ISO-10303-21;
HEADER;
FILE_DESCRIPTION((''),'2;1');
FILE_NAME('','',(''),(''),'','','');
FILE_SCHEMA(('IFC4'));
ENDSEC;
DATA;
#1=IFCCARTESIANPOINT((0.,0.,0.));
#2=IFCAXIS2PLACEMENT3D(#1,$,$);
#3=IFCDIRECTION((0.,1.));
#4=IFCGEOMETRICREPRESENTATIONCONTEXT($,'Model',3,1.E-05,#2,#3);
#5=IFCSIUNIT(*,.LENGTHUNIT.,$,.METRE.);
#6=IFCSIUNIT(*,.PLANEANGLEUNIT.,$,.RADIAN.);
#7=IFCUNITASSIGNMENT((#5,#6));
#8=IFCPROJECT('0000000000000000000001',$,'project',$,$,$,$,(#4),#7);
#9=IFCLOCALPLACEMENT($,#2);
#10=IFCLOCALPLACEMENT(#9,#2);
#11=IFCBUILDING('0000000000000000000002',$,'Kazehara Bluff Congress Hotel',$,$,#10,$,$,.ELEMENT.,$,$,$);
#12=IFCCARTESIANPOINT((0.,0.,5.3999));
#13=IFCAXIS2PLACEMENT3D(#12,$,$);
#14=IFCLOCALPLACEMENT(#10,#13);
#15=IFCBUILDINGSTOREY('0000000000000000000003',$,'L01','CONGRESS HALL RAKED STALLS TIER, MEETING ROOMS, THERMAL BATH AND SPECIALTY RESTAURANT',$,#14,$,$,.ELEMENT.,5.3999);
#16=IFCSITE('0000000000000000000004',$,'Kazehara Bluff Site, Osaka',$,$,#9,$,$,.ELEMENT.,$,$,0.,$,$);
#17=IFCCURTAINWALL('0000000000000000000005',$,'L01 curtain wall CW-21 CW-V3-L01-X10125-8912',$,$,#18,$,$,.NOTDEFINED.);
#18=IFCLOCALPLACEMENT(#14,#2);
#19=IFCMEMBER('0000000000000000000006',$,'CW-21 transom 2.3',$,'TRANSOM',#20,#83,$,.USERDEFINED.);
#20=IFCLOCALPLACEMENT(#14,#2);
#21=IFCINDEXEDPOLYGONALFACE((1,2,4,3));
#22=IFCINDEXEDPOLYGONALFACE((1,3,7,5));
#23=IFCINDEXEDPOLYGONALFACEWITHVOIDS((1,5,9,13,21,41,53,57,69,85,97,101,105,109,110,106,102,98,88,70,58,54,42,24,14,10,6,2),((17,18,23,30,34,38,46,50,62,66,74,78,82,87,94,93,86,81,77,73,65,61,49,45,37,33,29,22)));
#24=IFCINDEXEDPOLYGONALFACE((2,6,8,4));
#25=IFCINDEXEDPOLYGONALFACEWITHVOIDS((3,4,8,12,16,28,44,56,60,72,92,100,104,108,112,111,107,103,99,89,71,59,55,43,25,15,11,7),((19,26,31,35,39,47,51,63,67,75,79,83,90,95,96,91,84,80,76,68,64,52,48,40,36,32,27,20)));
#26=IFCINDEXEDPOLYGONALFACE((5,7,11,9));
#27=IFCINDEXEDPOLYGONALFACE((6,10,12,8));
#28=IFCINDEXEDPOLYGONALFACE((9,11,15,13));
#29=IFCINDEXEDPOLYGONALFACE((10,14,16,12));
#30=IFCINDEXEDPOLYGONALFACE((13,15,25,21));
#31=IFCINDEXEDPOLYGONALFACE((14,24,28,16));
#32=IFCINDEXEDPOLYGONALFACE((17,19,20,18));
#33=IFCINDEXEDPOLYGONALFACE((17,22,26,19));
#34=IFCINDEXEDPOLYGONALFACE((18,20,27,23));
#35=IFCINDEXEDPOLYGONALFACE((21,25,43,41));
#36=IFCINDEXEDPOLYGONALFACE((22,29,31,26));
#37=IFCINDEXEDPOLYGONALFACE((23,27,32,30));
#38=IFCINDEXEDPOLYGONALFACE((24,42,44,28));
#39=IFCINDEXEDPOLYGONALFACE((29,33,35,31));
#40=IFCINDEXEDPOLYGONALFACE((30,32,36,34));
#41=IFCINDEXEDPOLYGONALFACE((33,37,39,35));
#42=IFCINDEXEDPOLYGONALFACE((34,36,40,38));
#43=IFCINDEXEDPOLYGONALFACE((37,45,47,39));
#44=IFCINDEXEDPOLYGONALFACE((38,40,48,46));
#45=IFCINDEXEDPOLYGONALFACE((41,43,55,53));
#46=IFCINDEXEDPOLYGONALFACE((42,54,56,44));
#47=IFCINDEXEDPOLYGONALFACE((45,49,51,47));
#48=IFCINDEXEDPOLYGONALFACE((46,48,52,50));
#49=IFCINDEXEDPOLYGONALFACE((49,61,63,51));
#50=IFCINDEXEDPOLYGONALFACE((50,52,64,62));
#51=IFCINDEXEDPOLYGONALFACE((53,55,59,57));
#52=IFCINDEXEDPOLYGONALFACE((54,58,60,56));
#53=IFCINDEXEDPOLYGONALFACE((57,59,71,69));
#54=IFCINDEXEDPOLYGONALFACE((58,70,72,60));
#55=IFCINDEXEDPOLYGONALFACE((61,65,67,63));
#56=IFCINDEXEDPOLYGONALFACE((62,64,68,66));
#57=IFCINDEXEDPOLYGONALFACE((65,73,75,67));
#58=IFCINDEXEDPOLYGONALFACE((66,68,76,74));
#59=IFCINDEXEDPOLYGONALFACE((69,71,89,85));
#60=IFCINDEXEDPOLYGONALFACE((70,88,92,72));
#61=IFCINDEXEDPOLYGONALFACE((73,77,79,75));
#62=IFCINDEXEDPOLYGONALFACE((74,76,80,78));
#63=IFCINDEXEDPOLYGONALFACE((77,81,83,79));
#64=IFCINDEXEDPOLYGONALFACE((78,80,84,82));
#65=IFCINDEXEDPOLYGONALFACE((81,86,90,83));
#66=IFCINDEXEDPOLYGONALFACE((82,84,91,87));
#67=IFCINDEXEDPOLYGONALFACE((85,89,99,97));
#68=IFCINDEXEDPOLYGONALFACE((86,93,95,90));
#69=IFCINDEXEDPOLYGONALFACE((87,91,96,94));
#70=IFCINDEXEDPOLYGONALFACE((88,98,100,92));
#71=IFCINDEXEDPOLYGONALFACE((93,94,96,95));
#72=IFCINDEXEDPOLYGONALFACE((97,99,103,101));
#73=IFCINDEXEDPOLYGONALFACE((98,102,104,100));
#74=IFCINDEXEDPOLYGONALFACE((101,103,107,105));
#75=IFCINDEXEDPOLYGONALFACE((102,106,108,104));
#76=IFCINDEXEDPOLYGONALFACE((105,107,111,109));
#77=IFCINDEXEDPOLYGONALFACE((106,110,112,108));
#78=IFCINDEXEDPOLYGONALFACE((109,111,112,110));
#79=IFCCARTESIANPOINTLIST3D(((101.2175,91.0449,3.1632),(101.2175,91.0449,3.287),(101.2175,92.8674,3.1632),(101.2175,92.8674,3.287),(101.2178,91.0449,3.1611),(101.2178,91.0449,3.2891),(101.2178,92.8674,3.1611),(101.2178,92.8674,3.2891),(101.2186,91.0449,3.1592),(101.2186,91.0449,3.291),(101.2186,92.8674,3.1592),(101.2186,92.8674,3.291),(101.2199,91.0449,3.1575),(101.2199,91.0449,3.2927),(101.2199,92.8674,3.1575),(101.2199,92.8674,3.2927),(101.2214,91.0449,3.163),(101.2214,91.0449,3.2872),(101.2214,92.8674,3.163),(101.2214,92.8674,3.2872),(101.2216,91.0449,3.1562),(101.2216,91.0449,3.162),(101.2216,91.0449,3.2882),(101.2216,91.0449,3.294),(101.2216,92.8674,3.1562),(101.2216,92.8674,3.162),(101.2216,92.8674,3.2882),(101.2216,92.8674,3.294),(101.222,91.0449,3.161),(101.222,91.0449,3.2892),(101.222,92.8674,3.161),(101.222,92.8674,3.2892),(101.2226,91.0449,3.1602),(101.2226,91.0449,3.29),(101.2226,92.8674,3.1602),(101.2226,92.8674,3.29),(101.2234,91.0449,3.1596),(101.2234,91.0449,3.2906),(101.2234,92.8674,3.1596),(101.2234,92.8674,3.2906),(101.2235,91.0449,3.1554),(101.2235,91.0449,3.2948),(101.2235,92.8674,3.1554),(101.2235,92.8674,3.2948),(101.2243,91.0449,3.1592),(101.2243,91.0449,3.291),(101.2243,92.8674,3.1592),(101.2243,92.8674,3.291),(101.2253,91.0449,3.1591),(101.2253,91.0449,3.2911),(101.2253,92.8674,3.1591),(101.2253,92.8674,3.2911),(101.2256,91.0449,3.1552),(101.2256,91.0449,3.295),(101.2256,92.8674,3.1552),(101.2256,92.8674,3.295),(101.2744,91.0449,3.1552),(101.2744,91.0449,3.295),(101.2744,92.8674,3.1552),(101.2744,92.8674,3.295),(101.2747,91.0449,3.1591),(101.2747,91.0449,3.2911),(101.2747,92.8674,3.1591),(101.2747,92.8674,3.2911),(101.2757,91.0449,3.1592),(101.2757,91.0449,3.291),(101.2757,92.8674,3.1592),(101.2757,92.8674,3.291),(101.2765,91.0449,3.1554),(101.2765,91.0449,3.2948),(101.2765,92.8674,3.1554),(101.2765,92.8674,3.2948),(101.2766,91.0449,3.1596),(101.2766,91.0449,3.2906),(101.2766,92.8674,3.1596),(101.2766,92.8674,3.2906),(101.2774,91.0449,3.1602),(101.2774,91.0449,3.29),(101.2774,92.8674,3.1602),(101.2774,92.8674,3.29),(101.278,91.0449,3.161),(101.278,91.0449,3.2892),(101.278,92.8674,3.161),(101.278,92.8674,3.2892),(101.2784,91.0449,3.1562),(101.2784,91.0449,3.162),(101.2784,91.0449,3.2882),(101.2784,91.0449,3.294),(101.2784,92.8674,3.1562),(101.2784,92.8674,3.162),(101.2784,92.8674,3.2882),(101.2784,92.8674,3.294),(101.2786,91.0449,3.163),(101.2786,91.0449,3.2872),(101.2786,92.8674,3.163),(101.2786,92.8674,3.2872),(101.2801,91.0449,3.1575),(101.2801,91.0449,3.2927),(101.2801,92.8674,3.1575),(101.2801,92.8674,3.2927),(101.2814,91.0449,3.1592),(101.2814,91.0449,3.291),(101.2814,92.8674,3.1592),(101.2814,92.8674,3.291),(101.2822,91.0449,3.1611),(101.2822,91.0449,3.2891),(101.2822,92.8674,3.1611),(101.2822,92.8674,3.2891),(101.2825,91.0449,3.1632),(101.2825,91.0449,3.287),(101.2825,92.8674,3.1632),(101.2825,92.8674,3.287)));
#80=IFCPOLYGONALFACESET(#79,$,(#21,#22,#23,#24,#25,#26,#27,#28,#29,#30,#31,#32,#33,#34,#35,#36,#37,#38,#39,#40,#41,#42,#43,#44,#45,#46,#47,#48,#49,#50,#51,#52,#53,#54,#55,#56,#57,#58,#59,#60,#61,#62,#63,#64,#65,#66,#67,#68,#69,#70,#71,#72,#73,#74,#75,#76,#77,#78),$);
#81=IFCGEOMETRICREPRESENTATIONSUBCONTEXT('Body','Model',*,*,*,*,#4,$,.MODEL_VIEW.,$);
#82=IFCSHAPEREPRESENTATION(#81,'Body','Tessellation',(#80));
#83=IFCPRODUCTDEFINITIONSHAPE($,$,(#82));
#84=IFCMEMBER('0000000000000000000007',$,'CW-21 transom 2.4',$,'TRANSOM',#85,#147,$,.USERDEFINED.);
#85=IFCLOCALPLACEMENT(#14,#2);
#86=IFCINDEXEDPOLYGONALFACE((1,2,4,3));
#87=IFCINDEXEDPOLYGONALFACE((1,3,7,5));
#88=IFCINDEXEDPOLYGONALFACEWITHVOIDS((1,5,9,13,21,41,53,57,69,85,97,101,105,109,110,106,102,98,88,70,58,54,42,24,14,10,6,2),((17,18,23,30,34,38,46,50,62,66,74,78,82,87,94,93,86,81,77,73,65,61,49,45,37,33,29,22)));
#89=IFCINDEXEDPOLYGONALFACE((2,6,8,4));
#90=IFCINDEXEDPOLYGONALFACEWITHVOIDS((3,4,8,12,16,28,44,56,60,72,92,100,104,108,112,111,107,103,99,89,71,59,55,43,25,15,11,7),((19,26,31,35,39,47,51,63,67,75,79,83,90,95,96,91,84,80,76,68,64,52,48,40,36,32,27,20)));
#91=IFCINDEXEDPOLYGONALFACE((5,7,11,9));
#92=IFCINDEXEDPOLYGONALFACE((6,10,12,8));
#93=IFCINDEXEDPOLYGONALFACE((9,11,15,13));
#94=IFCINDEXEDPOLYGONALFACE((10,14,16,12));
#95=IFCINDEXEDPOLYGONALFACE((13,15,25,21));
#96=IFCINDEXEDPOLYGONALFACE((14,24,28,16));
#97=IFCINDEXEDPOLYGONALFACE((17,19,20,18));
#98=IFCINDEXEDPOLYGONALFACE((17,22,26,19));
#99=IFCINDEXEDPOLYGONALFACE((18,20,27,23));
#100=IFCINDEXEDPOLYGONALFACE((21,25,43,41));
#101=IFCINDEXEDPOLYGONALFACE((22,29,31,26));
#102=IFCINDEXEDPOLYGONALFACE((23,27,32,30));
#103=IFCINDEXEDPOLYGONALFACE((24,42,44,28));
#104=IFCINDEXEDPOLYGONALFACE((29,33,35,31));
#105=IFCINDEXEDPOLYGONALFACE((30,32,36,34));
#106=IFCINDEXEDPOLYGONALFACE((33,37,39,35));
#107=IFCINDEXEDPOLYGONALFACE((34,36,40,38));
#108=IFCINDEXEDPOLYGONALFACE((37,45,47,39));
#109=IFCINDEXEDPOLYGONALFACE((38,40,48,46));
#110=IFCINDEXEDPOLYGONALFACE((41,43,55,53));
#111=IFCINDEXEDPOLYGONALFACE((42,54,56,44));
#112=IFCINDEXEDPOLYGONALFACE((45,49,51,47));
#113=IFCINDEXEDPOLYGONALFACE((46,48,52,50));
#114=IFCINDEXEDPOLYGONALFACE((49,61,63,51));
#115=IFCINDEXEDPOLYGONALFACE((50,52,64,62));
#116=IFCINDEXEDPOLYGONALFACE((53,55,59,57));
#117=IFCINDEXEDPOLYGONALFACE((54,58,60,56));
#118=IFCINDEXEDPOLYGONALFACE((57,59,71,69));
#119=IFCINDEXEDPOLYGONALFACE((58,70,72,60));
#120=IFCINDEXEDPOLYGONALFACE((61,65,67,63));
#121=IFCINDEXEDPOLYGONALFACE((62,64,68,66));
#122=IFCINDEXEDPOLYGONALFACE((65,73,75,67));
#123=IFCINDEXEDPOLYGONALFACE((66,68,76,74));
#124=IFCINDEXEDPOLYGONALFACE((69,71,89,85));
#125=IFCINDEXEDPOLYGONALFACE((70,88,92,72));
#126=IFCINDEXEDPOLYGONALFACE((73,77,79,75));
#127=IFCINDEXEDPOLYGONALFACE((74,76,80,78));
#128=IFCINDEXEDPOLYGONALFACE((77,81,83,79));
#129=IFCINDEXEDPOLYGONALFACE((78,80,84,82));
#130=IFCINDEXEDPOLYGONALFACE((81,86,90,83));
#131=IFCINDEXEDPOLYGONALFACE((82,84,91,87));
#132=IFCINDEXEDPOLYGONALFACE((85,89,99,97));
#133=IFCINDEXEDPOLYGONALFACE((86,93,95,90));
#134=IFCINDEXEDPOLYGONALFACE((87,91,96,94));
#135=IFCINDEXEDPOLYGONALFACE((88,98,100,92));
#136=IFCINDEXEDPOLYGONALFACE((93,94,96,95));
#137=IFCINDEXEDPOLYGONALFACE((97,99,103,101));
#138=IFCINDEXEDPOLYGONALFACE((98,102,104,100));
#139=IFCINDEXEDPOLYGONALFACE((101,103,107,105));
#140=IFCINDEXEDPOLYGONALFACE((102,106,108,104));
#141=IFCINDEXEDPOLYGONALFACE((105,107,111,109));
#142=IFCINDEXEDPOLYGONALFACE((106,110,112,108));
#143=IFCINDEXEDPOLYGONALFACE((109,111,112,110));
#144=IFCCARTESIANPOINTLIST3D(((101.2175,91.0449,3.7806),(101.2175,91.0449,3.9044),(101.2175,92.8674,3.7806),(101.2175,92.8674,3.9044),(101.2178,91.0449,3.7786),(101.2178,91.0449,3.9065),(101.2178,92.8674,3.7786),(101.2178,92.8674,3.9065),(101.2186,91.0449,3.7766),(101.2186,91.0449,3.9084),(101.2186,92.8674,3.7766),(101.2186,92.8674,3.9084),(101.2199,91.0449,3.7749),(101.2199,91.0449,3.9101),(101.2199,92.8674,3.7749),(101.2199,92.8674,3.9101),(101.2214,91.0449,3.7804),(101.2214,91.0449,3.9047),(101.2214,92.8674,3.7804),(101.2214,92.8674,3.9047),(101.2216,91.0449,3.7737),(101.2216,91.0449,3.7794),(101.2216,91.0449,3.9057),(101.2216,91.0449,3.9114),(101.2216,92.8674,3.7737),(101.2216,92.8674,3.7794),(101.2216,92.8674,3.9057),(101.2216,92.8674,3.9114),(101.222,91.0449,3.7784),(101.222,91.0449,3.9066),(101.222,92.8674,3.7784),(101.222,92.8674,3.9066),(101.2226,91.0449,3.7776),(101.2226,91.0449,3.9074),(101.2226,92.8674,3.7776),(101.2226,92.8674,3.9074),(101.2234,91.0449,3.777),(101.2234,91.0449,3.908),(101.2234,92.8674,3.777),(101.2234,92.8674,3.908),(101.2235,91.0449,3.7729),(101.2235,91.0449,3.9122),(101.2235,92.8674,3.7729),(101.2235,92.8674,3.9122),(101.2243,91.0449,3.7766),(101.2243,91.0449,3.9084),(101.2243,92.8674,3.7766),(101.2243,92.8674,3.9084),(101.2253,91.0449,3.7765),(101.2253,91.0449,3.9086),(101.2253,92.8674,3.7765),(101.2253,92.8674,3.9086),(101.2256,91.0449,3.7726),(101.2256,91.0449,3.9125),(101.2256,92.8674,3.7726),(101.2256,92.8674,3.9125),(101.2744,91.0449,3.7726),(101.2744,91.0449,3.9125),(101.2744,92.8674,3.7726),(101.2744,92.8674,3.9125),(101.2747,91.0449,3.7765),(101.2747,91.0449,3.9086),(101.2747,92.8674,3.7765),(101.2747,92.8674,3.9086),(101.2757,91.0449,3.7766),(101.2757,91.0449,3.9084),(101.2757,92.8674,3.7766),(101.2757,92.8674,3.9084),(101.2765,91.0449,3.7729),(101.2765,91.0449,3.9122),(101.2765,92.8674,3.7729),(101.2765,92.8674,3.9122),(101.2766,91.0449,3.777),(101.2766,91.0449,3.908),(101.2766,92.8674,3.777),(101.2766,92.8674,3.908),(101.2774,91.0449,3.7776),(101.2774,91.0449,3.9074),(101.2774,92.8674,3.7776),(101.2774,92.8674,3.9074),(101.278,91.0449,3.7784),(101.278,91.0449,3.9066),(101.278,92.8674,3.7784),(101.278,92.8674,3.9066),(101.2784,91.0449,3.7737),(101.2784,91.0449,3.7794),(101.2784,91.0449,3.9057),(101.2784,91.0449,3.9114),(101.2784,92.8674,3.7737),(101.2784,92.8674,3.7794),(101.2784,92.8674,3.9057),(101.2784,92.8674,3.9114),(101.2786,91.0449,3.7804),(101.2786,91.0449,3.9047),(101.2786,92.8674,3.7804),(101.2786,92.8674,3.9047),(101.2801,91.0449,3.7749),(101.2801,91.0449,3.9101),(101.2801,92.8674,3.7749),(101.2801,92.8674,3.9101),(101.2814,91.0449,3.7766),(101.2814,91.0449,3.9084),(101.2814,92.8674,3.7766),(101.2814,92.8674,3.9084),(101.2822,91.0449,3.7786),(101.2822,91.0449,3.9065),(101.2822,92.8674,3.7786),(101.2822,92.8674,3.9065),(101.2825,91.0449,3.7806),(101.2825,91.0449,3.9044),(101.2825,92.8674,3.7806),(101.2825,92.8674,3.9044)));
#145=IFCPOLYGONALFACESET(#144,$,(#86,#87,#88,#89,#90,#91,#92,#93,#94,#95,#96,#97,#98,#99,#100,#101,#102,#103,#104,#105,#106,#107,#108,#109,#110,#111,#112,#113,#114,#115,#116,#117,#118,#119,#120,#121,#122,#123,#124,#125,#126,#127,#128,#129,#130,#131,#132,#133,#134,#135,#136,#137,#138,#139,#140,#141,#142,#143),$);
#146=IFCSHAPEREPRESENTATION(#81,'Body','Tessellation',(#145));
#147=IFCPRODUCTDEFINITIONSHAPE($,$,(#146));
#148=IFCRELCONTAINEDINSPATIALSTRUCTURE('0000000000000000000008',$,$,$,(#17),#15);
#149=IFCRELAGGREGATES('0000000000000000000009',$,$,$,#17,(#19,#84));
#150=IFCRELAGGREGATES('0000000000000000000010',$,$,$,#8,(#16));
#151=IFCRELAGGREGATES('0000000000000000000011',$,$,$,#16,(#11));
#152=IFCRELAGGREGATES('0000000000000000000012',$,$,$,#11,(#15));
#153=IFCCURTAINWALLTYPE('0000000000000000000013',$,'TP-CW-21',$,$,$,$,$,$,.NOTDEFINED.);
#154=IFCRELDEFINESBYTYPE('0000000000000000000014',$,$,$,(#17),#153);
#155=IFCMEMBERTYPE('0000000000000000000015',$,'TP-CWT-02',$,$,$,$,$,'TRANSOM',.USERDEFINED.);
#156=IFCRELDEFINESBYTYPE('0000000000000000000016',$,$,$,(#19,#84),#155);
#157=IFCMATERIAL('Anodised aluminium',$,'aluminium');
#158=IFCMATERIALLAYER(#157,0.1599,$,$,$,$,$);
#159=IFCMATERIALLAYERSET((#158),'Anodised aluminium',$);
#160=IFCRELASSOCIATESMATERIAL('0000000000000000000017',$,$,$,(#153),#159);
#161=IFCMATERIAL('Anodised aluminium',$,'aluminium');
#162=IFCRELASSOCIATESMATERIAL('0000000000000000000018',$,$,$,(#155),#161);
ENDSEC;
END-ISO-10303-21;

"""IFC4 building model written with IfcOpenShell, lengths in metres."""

from ifc_helpers import new_model, si_unit, direction, frame, origin, origin_2d, place, context, subcontext, project, spatial, hollow_rectangle, extrude, material, layer, layer_set, material_profile, profile_set, type_object, element, aggregate, save


model = new_model("IFC4")

# Units and contexts
model_context = context("Model", 3, precision=1e-05, world=origin(), true_north=direction((0.0, 1.0)))
body_context = subcontext(model_context, "Body", "Model", "MODEL_VIEW")
ifc_project = project(units=[si_unit("LENGTHUNIT", "METRE"), si_unit("PLANEANGLEUNIT", "RADIAN")], contexts=[model_context])

# Site, building, storey
site_placement = place(None, origin())
site = spatial("IfcSite", under=ifc_project, at=site_placement, Name="Kazehara Bluff Site, Osaka", CompositionType="ELEMENT", RefElevation=0.0)
building_placement = place(site_placement, origin())
building = spatial("IfcBuilding", under=site, at=building_placement, Name="Kazehara Bluff Congress Hotel", CompositionType="ELEMENT")
storey_placement = place(building_placement, frame((0.0, 0.0, 5.3999)))
storey = spatial("IfcBuildingStorey", under=building, at=storey_placement, Name="L01", Description="CONGRESS HALL RAKED STALLS TIER, MEETING ROOMS, THERMAL BATH AND SPECIALTY RESTAURANT", CompositionType="ELEMENT", Elevation=5.3999)

# Curtain wall
ifc_material_1 = material(Name="Anodised aluminium", Category="aluminium")
ifc_layer_1 = layer(ifc_material_1, 0.1599)
ifc_layer_set_1 = layer_set([ifc_layer_1], Name="Anodised aluminium")
curtain_wall_type = type_object("IfcCurtainWallType", Name="TP-CW-21", PredefinedType="NOTDEFINED", material=ifc_layer_set_1)
curtain_wall_1_placement = place(storey_placement, origin())
curtain_wall_1 = element("IfcCurtainWall", 1, at=curtain_wall_1_placement, inside=storey, type_object=curtain_wall_type, Name="L01 curtain wall CW-21 CW-V3-L01-X10125-8912", PredefinedType="NOTDEFINED")

# Members
ifc_material_2 = material(Name="Anodised aluminium", Category="aluminium")
ifc_material_profile_1 = material_profile(ifc_material_2, hollow_rectangle(XDim=0.0649, YDim=0.1399, WallThickness=0.0039, InnerFilletRadius=0.0039, OuterFilletRadius=0.0081, at=origin_2d()))
ifc_profile_set_1 = profile_set([ifc_material_profile_1], Name="Anodised aluminium")
member_type_1 = type_object("IfcMemberType", Name="TP-CWT-02", ElementType="TRANSOM", PredefinedType="USERDEFINED", material=ifc_profile_set_1)
member_1_placement = place(storey_placement, frame((101.25, 91.0449, 3.2251), z_axis=(0.0, 1.0, 0.0), x_axis=(-1.0, 0.0, 0.0)))
member_1 = element("IfcMember", 2, at=member_1_placement, type_object=member_type_1, Name="CW-21 transom 2.3", ObjectType="TRANSOM", PredefinedType="USERDEFINED", context=body_context, shape_type="SweptSolid", body=[
    extrude(hollow_rectangle(XDim=0.0649, YDim=0.1399, WallThickness=0.0039, InnerFilletRadius=0.0039, OuterFilletRadius=0.0081, at=origin_2d()), origin(), (0.0, 0.0, 1.0), 1.8225),
])
member_2_placement = place(storey_placement, frame((101.25, 91.0449, 3.8425), z_axis=(0.0, 1.0, 0.0), x_axis=(-1.0, 0.0, 0.0)))
member_2 = element("IfcMember", 3, at=member_2_placement, type_object=member_type_1, Name="CW-21 transom 2.4", ObjectType="TRANSOM", PredefinedType="USERDEFINED", context=body_context, shape_type="SweptSolid", body=[
    extrude(hollow_rectangle(XDim=0.0649, YDim=0.1399, WallThickness=0.0039, InnerFilletRadius=0.0039, OuterFilletRadius=0.0081, at=origin_2d()), origin(), (0.0, 0.0, 1.0), 1.8225),
])

aggregate(curtain_wall_1, [member_1, member_2])

save(model, "model.ifc")
